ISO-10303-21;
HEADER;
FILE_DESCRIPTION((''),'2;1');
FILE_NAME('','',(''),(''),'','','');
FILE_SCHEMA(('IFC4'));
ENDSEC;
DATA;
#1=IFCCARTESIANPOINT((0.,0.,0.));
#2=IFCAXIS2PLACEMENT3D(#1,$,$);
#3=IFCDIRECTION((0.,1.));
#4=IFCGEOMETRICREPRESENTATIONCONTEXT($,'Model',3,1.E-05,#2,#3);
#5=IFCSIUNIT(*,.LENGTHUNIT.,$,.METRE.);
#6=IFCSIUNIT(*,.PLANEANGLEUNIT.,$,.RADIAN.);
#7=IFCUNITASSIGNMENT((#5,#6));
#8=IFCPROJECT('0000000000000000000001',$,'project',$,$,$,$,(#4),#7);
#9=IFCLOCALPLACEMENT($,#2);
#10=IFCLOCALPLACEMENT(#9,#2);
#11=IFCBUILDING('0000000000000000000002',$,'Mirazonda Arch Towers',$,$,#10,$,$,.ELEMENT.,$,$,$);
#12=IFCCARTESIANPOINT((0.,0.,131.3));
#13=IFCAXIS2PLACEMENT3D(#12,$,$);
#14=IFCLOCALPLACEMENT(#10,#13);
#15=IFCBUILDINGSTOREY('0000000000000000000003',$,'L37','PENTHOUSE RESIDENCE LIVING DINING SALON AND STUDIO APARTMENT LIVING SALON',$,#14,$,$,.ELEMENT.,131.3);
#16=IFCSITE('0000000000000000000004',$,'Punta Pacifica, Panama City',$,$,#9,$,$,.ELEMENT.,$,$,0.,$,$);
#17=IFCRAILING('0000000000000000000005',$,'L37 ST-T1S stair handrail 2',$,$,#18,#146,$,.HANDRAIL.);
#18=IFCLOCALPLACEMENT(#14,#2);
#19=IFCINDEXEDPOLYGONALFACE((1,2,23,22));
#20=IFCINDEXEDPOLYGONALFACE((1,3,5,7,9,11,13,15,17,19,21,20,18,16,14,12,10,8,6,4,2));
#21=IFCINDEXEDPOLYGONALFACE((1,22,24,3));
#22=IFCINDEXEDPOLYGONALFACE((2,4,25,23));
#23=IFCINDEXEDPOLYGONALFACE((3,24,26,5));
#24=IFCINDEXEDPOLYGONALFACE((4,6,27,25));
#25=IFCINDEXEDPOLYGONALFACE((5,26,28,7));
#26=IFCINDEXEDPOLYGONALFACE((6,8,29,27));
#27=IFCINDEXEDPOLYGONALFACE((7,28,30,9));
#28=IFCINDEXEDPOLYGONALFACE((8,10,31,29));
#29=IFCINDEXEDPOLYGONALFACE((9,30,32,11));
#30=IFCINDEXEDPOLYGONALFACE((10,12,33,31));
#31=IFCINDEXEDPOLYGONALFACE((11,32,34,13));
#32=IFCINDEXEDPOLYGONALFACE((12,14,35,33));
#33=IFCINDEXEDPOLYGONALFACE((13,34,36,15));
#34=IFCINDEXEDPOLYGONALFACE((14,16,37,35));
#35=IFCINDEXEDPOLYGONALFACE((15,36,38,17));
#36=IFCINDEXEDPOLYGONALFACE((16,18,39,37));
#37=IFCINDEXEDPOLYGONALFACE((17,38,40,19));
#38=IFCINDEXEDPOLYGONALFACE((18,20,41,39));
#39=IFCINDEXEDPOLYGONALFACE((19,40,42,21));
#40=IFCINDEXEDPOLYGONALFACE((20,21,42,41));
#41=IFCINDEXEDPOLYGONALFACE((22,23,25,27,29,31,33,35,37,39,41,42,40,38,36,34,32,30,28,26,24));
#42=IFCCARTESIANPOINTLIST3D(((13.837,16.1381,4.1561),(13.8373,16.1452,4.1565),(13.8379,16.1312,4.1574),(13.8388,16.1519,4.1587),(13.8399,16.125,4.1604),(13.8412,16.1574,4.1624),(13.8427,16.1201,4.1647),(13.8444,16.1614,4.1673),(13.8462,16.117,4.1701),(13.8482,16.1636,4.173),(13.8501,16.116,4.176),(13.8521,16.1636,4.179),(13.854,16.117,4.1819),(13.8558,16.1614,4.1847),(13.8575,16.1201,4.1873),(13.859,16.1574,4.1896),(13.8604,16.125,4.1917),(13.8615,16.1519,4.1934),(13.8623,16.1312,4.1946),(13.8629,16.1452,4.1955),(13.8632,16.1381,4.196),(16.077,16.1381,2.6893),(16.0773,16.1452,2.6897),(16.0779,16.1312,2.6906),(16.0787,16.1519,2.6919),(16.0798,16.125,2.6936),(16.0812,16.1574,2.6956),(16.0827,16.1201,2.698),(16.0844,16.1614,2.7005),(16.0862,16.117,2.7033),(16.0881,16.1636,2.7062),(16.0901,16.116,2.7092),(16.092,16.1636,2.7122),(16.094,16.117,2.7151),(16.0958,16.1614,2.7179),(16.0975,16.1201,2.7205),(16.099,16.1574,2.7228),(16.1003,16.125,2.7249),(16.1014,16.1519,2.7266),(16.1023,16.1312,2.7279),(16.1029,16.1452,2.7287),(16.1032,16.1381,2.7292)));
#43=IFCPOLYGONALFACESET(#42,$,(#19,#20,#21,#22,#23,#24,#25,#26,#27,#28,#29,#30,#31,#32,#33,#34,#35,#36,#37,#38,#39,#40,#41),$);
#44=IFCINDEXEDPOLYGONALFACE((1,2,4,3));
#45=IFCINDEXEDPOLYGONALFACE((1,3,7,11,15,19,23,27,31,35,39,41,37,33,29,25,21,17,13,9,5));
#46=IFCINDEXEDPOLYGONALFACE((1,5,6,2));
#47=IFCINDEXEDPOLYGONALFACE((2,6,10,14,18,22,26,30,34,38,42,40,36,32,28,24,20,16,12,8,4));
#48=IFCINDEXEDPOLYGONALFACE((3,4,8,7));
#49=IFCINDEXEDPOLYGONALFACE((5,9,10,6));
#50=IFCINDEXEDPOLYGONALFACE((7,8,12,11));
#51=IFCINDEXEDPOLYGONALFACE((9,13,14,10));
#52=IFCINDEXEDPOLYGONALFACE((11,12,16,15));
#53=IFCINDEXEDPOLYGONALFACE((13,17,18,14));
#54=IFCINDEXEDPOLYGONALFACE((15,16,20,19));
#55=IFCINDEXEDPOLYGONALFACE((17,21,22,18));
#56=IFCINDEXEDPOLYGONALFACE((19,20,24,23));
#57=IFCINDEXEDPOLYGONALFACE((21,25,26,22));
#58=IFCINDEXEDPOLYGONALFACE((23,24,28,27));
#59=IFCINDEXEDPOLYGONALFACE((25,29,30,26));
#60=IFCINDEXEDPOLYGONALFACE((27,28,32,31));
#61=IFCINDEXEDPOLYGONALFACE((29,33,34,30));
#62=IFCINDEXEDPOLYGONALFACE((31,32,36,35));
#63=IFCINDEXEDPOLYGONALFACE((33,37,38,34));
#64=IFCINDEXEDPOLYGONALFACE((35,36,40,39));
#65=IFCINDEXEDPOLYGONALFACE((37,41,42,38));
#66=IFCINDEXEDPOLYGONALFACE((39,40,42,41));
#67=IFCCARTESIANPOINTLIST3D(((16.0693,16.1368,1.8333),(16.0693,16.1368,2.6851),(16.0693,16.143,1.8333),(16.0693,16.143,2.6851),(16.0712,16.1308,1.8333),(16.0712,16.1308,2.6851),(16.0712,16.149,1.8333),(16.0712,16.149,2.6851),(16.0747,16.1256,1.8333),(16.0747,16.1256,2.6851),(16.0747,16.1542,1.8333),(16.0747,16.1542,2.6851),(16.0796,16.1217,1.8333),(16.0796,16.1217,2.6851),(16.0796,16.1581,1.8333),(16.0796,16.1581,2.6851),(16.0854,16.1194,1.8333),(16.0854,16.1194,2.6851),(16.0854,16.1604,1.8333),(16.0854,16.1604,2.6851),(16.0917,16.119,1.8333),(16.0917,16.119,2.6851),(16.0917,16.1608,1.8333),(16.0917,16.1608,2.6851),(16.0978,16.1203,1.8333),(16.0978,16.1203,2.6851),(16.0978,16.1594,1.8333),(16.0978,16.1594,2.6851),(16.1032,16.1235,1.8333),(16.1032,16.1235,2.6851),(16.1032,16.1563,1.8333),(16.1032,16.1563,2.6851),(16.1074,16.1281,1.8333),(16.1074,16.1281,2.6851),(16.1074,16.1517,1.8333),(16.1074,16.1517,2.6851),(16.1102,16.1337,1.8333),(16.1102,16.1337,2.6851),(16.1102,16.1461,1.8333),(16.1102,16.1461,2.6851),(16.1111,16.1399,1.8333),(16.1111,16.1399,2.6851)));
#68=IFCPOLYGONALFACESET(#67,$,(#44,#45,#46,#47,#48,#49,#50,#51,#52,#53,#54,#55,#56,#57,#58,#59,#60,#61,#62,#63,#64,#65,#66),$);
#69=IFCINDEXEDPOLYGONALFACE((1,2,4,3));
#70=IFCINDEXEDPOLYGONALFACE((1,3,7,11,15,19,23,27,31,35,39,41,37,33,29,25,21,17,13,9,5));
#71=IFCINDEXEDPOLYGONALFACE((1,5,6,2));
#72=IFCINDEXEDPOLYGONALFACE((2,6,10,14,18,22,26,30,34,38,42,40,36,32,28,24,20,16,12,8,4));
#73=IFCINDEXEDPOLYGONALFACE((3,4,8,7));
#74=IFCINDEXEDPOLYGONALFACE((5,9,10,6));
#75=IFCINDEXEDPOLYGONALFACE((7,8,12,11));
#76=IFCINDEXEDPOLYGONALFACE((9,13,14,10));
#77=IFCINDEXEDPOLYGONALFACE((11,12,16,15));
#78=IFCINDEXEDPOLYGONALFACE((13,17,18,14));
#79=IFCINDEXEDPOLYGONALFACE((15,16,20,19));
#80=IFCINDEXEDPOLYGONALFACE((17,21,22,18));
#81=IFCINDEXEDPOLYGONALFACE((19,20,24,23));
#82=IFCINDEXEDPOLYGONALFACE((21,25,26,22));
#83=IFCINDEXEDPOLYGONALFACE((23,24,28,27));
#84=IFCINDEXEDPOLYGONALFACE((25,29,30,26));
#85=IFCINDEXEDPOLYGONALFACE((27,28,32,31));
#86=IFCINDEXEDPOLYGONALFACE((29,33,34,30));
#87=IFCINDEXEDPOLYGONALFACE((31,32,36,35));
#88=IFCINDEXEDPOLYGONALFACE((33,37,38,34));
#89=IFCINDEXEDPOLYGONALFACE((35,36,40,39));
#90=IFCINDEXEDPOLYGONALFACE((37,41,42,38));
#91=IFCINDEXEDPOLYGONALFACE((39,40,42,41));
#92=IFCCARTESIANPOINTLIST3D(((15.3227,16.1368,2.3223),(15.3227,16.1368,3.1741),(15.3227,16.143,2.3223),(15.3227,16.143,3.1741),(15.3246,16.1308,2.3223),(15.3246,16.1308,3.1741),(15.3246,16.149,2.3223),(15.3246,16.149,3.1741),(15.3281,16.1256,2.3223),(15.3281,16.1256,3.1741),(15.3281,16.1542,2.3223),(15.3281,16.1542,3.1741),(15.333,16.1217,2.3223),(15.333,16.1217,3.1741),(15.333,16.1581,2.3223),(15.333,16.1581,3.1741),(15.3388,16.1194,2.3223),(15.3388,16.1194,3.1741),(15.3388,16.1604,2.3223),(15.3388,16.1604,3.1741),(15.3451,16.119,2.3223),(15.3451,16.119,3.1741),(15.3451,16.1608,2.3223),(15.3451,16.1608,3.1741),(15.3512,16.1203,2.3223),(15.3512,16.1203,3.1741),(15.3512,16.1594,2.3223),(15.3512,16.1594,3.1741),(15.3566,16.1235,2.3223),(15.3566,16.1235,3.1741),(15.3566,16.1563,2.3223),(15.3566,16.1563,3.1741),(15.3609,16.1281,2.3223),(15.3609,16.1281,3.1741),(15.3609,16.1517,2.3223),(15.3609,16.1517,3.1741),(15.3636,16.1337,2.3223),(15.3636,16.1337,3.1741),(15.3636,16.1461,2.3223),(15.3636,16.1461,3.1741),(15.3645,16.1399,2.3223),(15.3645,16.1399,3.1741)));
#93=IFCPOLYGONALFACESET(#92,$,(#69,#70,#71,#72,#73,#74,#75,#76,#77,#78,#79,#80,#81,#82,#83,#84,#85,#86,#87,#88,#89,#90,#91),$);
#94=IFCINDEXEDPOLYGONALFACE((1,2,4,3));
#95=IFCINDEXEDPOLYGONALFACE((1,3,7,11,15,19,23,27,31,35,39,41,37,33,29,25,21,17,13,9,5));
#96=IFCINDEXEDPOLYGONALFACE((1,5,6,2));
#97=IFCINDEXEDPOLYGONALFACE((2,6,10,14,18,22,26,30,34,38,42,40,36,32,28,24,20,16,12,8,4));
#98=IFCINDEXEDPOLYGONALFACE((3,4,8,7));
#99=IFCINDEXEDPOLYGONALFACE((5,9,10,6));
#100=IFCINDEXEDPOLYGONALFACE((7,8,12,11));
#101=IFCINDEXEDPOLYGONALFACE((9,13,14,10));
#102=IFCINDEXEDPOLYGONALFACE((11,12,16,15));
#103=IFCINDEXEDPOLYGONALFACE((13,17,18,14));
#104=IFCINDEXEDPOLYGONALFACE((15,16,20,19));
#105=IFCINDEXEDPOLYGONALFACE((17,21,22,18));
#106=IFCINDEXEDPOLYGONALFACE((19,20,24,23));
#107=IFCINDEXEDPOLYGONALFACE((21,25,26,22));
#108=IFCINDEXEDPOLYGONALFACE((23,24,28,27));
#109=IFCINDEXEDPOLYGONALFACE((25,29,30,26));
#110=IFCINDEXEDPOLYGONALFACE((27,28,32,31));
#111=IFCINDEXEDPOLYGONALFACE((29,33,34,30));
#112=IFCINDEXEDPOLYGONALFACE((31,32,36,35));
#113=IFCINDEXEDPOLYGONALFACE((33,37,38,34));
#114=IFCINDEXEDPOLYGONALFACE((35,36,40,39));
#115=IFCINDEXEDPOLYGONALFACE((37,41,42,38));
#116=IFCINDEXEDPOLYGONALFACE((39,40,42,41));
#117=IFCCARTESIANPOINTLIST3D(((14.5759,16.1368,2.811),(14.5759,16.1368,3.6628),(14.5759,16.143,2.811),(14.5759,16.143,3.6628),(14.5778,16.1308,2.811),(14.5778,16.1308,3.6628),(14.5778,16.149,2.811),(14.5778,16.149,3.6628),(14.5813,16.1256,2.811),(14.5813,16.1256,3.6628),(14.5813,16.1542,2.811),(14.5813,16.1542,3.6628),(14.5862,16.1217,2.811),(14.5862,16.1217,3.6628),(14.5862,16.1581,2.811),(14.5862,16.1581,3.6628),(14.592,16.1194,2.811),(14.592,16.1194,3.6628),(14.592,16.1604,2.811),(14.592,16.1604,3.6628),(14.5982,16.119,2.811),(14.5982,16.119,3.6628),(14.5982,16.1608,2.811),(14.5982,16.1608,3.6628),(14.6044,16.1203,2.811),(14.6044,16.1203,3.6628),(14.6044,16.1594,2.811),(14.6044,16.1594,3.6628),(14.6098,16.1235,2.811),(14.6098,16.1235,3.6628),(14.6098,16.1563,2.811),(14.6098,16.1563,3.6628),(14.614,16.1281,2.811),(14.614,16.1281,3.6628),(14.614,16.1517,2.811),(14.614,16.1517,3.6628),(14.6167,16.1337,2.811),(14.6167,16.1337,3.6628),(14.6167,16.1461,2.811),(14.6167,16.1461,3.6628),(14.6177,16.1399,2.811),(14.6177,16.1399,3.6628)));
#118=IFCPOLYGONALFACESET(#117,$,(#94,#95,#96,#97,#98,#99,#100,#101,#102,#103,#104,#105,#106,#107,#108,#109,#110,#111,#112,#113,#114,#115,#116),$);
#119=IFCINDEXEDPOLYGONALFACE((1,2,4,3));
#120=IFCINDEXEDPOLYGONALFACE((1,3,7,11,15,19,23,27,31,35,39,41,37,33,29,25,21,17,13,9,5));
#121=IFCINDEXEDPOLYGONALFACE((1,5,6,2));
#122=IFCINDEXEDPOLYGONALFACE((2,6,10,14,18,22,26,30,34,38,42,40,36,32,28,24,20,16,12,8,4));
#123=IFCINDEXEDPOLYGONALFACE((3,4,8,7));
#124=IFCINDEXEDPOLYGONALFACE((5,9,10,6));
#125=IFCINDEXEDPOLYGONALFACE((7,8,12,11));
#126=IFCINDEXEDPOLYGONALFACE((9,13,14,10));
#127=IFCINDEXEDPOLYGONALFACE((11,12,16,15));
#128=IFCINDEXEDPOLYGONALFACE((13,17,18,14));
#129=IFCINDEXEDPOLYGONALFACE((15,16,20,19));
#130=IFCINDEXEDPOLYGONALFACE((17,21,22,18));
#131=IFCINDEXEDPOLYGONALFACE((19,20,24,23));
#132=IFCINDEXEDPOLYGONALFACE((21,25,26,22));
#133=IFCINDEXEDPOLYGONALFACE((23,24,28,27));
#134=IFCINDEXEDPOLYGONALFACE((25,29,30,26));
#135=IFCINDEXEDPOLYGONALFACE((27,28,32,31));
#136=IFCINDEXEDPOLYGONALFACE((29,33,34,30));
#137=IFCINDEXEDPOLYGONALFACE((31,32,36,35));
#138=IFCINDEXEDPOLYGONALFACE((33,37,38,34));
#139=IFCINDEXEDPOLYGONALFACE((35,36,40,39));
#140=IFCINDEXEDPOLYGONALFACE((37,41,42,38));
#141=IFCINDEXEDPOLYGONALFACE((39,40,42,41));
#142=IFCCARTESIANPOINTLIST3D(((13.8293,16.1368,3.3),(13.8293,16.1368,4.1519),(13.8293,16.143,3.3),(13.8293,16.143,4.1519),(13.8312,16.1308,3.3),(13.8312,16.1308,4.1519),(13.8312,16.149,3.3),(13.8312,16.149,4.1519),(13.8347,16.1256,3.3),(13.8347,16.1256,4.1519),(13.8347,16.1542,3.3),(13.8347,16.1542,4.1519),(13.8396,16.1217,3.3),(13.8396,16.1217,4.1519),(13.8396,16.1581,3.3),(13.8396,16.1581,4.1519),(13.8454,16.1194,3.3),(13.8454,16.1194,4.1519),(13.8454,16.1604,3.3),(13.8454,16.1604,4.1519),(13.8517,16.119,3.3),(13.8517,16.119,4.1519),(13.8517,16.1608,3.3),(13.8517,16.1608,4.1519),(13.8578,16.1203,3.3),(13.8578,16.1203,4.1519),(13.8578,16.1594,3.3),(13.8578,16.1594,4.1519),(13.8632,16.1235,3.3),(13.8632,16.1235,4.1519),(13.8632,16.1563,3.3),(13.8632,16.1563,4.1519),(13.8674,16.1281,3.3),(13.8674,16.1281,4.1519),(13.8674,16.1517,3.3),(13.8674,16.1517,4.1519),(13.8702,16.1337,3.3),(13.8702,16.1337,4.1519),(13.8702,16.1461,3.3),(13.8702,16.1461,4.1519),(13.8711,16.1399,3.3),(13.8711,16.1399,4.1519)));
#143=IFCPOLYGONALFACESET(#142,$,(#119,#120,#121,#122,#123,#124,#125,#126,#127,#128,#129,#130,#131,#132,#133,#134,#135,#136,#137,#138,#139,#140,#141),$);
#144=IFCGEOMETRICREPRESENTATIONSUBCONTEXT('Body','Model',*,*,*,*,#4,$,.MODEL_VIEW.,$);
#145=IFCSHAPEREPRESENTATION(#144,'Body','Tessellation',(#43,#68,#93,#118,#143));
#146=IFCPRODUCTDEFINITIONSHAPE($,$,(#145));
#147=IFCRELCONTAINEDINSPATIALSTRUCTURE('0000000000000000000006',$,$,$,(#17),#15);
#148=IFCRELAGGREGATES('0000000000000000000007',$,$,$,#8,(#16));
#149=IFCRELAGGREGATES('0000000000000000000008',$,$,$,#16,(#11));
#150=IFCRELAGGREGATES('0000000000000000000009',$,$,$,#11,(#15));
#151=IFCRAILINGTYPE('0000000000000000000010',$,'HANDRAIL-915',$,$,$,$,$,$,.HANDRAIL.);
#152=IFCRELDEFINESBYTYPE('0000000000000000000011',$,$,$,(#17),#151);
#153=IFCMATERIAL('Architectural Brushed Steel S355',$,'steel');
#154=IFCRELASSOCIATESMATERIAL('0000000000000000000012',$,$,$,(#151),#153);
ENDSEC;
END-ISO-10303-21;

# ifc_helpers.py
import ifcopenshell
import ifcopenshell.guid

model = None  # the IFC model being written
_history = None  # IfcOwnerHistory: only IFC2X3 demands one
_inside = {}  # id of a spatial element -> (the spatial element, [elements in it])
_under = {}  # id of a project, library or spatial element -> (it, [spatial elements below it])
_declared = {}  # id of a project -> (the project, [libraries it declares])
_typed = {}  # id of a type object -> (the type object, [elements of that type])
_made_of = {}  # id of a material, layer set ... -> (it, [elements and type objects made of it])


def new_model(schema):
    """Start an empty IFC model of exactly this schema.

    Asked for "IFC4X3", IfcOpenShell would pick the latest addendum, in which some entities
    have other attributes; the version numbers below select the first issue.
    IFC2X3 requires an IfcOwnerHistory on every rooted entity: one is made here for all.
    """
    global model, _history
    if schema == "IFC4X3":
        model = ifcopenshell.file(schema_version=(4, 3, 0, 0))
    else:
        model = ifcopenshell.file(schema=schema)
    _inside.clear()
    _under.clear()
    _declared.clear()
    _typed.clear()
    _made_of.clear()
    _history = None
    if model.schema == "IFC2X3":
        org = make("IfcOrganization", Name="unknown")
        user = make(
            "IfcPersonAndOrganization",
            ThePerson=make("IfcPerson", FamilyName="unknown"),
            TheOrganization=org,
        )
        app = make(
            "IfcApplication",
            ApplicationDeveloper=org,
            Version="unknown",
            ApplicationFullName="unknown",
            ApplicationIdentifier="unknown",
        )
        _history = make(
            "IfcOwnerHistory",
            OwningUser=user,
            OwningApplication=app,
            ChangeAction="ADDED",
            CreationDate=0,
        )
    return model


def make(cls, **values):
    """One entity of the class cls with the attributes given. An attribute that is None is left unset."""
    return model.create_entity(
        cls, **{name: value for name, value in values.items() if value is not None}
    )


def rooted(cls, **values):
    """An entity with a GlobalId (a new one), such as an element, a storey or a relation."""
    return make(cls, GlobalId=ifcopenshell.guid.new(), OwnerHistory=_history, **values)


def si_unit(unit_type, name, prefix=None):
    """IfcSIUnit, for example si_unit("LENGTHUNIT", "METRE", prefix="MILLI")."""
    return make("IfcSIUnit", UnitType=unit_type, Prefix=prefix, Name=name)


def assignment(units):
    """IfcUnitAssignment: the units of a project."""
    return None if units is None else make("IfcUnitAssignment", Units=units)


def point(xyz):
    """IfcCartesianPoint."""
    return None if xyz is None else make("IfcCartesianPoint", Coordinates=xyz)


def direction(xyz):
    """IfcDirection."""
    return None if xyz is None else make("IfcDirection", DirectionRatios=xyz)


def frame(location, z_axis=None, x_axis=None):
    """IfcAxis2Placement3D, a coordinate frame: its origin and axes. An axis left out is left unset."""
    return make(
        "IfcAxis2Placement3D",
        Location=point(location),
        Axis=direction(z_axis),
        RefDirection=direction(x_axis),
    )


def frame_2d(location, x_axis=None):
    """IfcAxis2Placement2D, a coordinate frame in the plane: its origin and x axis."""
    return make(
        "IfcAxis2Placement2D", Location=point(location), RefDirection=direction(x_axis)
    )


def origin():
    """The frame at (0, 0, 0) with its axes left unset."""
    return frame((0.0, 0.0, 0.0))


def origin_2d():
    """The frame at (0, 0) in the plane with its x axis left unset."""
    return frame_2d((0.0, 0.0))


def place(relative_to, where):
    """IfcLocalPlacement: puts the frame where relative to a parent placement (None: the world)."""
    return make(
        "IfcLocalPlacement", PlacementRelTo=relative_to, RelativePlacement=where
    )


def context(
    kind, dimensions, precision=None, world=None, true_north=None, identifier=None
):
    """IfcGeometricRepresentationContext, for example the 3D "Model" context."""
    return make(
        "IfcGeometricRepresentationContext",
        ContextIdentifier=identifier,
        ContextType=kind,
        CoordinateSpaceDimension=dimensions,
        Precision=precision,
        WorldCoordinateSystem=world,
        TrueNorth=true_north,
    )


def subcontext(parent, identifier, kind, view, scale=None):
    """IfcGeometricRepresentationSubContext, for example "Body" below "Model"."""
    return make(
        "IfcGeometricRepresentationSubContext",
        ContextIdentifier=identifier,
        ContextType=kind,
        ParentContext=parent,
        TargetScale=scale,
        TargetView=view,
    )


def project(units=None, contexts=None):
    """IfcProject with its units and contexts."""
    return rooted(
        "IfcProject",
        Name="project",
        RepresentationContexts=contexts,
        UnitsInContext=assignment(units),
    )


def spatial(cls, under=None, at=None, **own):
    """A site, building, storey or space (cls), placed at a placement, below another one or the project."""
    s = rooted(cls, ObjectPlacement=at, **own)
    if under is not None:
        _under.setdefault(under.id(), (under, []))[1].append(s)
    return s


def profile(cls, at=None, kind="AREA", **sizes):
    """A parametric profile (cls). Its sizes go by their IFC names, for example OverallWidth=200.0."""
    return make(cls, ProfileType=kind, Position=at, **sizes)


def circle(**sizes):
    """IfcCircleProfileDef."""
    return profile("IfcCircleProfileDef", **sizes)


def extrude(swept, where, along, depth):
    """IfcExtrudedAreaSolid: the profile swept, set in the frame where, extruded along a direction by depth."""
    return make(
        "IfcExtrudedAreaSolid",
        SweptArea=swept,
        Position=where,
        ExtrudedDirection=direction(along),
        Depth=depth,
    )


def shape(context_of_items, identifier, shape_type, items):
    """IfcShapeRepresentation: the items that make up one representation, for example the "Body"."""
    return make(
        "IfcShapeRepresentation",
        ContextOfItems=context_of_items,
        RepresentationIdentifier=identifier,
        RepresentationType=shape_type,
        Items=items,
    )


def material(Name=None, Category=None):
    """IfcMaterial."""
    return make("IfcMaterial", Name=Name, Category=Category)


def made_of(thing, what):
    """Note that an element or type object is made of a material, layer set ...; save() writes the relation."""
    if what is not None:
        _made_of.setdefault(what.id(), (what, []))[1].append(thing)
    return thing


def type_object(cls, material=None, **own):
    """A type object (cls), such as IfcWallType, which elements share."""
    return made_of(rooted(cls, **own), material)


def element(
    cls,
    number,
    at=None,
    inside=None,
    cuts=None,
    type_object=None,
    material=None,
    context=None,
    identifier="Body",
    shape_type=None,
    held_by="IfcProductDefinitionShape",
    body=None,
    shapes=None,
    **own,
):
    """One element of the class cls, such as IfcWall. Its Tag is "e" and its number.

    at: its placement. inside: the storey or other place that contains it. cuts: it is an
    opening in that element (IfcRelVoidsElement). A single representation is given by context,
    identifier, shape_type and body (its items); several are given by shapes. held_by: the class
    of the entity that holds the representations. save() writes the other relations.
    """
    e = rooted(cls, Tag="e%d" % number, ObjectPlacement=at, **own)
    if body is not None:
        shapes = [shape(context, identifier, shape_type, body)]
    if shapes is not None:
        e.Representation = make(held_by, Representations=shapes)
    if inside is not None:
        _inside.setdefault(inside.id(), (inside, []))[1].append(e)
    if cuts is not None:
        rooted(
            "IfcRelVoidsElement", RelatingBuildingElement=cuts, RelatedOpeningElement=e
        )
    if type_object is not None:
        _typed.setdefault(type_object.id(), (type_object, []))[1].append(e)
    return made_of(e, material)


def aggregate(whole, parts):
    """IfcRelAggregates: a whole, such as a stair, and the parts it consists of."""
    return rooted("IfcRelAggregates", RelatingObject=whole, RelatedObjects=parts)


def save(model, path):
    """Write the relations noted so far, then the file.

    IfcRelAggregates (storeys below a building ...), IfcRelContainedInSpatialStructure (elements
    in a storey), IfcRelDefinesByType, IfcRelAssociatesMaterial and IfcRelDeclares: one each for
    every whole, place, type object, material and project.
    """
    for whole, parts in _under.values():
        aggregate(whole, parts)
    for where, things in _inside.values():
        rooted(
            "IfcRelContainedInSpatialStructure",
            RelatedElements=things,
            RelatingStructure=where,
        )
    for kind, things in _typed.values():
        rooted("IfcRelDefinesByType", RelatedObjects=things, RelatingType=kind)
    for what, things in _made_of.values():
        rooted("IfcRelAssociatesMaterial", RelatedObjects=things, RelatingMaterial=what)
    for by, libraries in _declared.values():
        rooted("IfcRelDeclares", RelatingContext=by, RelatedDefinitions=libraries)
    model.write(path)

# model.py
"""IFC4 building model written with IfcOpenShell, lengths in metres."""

from ifc_helpers import new_model, si_unit, direction, frame, origin, origin_2d, place, context, subcontext, project, spatial, circle, extrude, material, type_object, element, save


model = new_model("IFC4")

# Units and contexts
model_context = context("Model", 3, precision=1e-05, world=origin(), true_north=direction((0.0, 1.0)))
body_context = subcontext(model_context, "Body", "Model", "MODEL_VIEW")
ifc_project = project(units=[si_unit("LENGTHUNIT", "METRE"), si_unit("PLANEANGLEUNIT", "RADIAN")], contexts=[model_context])

# Site, building, storey
site_placement = place(None, origin())
site = spatial("IfcSite", under=ifc_project, at=site_placement, Name="Punta Pacifica, Panama City", CompositionType="ELEMENT", RefElevation=0.0)
building_placement = place(site_placement, origin())
building = spatial("IfcBuilding", under=site, at=building_placement, Name="Mirazonda Arch Towers", CompositionType="ELEMENT")
storey_placement = place(building_placement, frame((0.0, 0.0, 131.3)))
storey = spatial("IfcBuildingStorey", under=building, at=storey_placement, Name="L37", Description="PENTHOUSE RESIDENCE LIVING DINING SALON AND STUDIO APARTMENT LIVING SALON", CompositionType="ELEMENT", Elevation=131.3)

# Shared definitions
ifc_material_1 = material(Name="Architectural Brushed Steel S355", Category="steel")

# Railing
railing_type_1 = type_object("IfcRailingType", Name="HANDRAIL-915", PredefinedType="HANDRAIL", material=ifc_material_1)
railing_1_placement = place(storey_placement, frame((16.0901, 16.1399, 1.8333)))
element("IfcRailing", 1, at=railing_1_placement, inside=storey, type_object=railing_type_1, Name="L37 ST-T1S stair handrail 2", PredefinedType="HANDRAIL", context=body_context, shape_type="SweptSolid", body=[
    extrude(circle(Radius=0.0239, at=origin_2d()), frame((0.0, 0.0, 0.876), z_axis=(-0.836595, 0.0, 0.547822), x_axis=(0.0, -1.0, 0.0)), (0.0, 0.0, 1.0), 2.6775),
    extrude(circle(Radius=0.021, at=origin_2d()), origin(), (0.0, 0.0, 1.0), 0.8518),
    extrude(circle(Radius=0.021, at=origin_2d()), frame((-0.7466, 0.0, 0.489)), (0.0, 0.0, 1.0), 0.8518),
    extrude(circle(Radius=0.021, at=origin_2d()), frame((-1.4934, 0.0, 0.9778)), (0.0, 0.0, 1.0), 0.8518),
    extrude(circle(Radius=0.021, at=origin_2d()), frame((-2.24, 0.0, 1.4668)), (0.0, 0.0, 1.0), 0.8518),
])

save(model, "model.ifc")
